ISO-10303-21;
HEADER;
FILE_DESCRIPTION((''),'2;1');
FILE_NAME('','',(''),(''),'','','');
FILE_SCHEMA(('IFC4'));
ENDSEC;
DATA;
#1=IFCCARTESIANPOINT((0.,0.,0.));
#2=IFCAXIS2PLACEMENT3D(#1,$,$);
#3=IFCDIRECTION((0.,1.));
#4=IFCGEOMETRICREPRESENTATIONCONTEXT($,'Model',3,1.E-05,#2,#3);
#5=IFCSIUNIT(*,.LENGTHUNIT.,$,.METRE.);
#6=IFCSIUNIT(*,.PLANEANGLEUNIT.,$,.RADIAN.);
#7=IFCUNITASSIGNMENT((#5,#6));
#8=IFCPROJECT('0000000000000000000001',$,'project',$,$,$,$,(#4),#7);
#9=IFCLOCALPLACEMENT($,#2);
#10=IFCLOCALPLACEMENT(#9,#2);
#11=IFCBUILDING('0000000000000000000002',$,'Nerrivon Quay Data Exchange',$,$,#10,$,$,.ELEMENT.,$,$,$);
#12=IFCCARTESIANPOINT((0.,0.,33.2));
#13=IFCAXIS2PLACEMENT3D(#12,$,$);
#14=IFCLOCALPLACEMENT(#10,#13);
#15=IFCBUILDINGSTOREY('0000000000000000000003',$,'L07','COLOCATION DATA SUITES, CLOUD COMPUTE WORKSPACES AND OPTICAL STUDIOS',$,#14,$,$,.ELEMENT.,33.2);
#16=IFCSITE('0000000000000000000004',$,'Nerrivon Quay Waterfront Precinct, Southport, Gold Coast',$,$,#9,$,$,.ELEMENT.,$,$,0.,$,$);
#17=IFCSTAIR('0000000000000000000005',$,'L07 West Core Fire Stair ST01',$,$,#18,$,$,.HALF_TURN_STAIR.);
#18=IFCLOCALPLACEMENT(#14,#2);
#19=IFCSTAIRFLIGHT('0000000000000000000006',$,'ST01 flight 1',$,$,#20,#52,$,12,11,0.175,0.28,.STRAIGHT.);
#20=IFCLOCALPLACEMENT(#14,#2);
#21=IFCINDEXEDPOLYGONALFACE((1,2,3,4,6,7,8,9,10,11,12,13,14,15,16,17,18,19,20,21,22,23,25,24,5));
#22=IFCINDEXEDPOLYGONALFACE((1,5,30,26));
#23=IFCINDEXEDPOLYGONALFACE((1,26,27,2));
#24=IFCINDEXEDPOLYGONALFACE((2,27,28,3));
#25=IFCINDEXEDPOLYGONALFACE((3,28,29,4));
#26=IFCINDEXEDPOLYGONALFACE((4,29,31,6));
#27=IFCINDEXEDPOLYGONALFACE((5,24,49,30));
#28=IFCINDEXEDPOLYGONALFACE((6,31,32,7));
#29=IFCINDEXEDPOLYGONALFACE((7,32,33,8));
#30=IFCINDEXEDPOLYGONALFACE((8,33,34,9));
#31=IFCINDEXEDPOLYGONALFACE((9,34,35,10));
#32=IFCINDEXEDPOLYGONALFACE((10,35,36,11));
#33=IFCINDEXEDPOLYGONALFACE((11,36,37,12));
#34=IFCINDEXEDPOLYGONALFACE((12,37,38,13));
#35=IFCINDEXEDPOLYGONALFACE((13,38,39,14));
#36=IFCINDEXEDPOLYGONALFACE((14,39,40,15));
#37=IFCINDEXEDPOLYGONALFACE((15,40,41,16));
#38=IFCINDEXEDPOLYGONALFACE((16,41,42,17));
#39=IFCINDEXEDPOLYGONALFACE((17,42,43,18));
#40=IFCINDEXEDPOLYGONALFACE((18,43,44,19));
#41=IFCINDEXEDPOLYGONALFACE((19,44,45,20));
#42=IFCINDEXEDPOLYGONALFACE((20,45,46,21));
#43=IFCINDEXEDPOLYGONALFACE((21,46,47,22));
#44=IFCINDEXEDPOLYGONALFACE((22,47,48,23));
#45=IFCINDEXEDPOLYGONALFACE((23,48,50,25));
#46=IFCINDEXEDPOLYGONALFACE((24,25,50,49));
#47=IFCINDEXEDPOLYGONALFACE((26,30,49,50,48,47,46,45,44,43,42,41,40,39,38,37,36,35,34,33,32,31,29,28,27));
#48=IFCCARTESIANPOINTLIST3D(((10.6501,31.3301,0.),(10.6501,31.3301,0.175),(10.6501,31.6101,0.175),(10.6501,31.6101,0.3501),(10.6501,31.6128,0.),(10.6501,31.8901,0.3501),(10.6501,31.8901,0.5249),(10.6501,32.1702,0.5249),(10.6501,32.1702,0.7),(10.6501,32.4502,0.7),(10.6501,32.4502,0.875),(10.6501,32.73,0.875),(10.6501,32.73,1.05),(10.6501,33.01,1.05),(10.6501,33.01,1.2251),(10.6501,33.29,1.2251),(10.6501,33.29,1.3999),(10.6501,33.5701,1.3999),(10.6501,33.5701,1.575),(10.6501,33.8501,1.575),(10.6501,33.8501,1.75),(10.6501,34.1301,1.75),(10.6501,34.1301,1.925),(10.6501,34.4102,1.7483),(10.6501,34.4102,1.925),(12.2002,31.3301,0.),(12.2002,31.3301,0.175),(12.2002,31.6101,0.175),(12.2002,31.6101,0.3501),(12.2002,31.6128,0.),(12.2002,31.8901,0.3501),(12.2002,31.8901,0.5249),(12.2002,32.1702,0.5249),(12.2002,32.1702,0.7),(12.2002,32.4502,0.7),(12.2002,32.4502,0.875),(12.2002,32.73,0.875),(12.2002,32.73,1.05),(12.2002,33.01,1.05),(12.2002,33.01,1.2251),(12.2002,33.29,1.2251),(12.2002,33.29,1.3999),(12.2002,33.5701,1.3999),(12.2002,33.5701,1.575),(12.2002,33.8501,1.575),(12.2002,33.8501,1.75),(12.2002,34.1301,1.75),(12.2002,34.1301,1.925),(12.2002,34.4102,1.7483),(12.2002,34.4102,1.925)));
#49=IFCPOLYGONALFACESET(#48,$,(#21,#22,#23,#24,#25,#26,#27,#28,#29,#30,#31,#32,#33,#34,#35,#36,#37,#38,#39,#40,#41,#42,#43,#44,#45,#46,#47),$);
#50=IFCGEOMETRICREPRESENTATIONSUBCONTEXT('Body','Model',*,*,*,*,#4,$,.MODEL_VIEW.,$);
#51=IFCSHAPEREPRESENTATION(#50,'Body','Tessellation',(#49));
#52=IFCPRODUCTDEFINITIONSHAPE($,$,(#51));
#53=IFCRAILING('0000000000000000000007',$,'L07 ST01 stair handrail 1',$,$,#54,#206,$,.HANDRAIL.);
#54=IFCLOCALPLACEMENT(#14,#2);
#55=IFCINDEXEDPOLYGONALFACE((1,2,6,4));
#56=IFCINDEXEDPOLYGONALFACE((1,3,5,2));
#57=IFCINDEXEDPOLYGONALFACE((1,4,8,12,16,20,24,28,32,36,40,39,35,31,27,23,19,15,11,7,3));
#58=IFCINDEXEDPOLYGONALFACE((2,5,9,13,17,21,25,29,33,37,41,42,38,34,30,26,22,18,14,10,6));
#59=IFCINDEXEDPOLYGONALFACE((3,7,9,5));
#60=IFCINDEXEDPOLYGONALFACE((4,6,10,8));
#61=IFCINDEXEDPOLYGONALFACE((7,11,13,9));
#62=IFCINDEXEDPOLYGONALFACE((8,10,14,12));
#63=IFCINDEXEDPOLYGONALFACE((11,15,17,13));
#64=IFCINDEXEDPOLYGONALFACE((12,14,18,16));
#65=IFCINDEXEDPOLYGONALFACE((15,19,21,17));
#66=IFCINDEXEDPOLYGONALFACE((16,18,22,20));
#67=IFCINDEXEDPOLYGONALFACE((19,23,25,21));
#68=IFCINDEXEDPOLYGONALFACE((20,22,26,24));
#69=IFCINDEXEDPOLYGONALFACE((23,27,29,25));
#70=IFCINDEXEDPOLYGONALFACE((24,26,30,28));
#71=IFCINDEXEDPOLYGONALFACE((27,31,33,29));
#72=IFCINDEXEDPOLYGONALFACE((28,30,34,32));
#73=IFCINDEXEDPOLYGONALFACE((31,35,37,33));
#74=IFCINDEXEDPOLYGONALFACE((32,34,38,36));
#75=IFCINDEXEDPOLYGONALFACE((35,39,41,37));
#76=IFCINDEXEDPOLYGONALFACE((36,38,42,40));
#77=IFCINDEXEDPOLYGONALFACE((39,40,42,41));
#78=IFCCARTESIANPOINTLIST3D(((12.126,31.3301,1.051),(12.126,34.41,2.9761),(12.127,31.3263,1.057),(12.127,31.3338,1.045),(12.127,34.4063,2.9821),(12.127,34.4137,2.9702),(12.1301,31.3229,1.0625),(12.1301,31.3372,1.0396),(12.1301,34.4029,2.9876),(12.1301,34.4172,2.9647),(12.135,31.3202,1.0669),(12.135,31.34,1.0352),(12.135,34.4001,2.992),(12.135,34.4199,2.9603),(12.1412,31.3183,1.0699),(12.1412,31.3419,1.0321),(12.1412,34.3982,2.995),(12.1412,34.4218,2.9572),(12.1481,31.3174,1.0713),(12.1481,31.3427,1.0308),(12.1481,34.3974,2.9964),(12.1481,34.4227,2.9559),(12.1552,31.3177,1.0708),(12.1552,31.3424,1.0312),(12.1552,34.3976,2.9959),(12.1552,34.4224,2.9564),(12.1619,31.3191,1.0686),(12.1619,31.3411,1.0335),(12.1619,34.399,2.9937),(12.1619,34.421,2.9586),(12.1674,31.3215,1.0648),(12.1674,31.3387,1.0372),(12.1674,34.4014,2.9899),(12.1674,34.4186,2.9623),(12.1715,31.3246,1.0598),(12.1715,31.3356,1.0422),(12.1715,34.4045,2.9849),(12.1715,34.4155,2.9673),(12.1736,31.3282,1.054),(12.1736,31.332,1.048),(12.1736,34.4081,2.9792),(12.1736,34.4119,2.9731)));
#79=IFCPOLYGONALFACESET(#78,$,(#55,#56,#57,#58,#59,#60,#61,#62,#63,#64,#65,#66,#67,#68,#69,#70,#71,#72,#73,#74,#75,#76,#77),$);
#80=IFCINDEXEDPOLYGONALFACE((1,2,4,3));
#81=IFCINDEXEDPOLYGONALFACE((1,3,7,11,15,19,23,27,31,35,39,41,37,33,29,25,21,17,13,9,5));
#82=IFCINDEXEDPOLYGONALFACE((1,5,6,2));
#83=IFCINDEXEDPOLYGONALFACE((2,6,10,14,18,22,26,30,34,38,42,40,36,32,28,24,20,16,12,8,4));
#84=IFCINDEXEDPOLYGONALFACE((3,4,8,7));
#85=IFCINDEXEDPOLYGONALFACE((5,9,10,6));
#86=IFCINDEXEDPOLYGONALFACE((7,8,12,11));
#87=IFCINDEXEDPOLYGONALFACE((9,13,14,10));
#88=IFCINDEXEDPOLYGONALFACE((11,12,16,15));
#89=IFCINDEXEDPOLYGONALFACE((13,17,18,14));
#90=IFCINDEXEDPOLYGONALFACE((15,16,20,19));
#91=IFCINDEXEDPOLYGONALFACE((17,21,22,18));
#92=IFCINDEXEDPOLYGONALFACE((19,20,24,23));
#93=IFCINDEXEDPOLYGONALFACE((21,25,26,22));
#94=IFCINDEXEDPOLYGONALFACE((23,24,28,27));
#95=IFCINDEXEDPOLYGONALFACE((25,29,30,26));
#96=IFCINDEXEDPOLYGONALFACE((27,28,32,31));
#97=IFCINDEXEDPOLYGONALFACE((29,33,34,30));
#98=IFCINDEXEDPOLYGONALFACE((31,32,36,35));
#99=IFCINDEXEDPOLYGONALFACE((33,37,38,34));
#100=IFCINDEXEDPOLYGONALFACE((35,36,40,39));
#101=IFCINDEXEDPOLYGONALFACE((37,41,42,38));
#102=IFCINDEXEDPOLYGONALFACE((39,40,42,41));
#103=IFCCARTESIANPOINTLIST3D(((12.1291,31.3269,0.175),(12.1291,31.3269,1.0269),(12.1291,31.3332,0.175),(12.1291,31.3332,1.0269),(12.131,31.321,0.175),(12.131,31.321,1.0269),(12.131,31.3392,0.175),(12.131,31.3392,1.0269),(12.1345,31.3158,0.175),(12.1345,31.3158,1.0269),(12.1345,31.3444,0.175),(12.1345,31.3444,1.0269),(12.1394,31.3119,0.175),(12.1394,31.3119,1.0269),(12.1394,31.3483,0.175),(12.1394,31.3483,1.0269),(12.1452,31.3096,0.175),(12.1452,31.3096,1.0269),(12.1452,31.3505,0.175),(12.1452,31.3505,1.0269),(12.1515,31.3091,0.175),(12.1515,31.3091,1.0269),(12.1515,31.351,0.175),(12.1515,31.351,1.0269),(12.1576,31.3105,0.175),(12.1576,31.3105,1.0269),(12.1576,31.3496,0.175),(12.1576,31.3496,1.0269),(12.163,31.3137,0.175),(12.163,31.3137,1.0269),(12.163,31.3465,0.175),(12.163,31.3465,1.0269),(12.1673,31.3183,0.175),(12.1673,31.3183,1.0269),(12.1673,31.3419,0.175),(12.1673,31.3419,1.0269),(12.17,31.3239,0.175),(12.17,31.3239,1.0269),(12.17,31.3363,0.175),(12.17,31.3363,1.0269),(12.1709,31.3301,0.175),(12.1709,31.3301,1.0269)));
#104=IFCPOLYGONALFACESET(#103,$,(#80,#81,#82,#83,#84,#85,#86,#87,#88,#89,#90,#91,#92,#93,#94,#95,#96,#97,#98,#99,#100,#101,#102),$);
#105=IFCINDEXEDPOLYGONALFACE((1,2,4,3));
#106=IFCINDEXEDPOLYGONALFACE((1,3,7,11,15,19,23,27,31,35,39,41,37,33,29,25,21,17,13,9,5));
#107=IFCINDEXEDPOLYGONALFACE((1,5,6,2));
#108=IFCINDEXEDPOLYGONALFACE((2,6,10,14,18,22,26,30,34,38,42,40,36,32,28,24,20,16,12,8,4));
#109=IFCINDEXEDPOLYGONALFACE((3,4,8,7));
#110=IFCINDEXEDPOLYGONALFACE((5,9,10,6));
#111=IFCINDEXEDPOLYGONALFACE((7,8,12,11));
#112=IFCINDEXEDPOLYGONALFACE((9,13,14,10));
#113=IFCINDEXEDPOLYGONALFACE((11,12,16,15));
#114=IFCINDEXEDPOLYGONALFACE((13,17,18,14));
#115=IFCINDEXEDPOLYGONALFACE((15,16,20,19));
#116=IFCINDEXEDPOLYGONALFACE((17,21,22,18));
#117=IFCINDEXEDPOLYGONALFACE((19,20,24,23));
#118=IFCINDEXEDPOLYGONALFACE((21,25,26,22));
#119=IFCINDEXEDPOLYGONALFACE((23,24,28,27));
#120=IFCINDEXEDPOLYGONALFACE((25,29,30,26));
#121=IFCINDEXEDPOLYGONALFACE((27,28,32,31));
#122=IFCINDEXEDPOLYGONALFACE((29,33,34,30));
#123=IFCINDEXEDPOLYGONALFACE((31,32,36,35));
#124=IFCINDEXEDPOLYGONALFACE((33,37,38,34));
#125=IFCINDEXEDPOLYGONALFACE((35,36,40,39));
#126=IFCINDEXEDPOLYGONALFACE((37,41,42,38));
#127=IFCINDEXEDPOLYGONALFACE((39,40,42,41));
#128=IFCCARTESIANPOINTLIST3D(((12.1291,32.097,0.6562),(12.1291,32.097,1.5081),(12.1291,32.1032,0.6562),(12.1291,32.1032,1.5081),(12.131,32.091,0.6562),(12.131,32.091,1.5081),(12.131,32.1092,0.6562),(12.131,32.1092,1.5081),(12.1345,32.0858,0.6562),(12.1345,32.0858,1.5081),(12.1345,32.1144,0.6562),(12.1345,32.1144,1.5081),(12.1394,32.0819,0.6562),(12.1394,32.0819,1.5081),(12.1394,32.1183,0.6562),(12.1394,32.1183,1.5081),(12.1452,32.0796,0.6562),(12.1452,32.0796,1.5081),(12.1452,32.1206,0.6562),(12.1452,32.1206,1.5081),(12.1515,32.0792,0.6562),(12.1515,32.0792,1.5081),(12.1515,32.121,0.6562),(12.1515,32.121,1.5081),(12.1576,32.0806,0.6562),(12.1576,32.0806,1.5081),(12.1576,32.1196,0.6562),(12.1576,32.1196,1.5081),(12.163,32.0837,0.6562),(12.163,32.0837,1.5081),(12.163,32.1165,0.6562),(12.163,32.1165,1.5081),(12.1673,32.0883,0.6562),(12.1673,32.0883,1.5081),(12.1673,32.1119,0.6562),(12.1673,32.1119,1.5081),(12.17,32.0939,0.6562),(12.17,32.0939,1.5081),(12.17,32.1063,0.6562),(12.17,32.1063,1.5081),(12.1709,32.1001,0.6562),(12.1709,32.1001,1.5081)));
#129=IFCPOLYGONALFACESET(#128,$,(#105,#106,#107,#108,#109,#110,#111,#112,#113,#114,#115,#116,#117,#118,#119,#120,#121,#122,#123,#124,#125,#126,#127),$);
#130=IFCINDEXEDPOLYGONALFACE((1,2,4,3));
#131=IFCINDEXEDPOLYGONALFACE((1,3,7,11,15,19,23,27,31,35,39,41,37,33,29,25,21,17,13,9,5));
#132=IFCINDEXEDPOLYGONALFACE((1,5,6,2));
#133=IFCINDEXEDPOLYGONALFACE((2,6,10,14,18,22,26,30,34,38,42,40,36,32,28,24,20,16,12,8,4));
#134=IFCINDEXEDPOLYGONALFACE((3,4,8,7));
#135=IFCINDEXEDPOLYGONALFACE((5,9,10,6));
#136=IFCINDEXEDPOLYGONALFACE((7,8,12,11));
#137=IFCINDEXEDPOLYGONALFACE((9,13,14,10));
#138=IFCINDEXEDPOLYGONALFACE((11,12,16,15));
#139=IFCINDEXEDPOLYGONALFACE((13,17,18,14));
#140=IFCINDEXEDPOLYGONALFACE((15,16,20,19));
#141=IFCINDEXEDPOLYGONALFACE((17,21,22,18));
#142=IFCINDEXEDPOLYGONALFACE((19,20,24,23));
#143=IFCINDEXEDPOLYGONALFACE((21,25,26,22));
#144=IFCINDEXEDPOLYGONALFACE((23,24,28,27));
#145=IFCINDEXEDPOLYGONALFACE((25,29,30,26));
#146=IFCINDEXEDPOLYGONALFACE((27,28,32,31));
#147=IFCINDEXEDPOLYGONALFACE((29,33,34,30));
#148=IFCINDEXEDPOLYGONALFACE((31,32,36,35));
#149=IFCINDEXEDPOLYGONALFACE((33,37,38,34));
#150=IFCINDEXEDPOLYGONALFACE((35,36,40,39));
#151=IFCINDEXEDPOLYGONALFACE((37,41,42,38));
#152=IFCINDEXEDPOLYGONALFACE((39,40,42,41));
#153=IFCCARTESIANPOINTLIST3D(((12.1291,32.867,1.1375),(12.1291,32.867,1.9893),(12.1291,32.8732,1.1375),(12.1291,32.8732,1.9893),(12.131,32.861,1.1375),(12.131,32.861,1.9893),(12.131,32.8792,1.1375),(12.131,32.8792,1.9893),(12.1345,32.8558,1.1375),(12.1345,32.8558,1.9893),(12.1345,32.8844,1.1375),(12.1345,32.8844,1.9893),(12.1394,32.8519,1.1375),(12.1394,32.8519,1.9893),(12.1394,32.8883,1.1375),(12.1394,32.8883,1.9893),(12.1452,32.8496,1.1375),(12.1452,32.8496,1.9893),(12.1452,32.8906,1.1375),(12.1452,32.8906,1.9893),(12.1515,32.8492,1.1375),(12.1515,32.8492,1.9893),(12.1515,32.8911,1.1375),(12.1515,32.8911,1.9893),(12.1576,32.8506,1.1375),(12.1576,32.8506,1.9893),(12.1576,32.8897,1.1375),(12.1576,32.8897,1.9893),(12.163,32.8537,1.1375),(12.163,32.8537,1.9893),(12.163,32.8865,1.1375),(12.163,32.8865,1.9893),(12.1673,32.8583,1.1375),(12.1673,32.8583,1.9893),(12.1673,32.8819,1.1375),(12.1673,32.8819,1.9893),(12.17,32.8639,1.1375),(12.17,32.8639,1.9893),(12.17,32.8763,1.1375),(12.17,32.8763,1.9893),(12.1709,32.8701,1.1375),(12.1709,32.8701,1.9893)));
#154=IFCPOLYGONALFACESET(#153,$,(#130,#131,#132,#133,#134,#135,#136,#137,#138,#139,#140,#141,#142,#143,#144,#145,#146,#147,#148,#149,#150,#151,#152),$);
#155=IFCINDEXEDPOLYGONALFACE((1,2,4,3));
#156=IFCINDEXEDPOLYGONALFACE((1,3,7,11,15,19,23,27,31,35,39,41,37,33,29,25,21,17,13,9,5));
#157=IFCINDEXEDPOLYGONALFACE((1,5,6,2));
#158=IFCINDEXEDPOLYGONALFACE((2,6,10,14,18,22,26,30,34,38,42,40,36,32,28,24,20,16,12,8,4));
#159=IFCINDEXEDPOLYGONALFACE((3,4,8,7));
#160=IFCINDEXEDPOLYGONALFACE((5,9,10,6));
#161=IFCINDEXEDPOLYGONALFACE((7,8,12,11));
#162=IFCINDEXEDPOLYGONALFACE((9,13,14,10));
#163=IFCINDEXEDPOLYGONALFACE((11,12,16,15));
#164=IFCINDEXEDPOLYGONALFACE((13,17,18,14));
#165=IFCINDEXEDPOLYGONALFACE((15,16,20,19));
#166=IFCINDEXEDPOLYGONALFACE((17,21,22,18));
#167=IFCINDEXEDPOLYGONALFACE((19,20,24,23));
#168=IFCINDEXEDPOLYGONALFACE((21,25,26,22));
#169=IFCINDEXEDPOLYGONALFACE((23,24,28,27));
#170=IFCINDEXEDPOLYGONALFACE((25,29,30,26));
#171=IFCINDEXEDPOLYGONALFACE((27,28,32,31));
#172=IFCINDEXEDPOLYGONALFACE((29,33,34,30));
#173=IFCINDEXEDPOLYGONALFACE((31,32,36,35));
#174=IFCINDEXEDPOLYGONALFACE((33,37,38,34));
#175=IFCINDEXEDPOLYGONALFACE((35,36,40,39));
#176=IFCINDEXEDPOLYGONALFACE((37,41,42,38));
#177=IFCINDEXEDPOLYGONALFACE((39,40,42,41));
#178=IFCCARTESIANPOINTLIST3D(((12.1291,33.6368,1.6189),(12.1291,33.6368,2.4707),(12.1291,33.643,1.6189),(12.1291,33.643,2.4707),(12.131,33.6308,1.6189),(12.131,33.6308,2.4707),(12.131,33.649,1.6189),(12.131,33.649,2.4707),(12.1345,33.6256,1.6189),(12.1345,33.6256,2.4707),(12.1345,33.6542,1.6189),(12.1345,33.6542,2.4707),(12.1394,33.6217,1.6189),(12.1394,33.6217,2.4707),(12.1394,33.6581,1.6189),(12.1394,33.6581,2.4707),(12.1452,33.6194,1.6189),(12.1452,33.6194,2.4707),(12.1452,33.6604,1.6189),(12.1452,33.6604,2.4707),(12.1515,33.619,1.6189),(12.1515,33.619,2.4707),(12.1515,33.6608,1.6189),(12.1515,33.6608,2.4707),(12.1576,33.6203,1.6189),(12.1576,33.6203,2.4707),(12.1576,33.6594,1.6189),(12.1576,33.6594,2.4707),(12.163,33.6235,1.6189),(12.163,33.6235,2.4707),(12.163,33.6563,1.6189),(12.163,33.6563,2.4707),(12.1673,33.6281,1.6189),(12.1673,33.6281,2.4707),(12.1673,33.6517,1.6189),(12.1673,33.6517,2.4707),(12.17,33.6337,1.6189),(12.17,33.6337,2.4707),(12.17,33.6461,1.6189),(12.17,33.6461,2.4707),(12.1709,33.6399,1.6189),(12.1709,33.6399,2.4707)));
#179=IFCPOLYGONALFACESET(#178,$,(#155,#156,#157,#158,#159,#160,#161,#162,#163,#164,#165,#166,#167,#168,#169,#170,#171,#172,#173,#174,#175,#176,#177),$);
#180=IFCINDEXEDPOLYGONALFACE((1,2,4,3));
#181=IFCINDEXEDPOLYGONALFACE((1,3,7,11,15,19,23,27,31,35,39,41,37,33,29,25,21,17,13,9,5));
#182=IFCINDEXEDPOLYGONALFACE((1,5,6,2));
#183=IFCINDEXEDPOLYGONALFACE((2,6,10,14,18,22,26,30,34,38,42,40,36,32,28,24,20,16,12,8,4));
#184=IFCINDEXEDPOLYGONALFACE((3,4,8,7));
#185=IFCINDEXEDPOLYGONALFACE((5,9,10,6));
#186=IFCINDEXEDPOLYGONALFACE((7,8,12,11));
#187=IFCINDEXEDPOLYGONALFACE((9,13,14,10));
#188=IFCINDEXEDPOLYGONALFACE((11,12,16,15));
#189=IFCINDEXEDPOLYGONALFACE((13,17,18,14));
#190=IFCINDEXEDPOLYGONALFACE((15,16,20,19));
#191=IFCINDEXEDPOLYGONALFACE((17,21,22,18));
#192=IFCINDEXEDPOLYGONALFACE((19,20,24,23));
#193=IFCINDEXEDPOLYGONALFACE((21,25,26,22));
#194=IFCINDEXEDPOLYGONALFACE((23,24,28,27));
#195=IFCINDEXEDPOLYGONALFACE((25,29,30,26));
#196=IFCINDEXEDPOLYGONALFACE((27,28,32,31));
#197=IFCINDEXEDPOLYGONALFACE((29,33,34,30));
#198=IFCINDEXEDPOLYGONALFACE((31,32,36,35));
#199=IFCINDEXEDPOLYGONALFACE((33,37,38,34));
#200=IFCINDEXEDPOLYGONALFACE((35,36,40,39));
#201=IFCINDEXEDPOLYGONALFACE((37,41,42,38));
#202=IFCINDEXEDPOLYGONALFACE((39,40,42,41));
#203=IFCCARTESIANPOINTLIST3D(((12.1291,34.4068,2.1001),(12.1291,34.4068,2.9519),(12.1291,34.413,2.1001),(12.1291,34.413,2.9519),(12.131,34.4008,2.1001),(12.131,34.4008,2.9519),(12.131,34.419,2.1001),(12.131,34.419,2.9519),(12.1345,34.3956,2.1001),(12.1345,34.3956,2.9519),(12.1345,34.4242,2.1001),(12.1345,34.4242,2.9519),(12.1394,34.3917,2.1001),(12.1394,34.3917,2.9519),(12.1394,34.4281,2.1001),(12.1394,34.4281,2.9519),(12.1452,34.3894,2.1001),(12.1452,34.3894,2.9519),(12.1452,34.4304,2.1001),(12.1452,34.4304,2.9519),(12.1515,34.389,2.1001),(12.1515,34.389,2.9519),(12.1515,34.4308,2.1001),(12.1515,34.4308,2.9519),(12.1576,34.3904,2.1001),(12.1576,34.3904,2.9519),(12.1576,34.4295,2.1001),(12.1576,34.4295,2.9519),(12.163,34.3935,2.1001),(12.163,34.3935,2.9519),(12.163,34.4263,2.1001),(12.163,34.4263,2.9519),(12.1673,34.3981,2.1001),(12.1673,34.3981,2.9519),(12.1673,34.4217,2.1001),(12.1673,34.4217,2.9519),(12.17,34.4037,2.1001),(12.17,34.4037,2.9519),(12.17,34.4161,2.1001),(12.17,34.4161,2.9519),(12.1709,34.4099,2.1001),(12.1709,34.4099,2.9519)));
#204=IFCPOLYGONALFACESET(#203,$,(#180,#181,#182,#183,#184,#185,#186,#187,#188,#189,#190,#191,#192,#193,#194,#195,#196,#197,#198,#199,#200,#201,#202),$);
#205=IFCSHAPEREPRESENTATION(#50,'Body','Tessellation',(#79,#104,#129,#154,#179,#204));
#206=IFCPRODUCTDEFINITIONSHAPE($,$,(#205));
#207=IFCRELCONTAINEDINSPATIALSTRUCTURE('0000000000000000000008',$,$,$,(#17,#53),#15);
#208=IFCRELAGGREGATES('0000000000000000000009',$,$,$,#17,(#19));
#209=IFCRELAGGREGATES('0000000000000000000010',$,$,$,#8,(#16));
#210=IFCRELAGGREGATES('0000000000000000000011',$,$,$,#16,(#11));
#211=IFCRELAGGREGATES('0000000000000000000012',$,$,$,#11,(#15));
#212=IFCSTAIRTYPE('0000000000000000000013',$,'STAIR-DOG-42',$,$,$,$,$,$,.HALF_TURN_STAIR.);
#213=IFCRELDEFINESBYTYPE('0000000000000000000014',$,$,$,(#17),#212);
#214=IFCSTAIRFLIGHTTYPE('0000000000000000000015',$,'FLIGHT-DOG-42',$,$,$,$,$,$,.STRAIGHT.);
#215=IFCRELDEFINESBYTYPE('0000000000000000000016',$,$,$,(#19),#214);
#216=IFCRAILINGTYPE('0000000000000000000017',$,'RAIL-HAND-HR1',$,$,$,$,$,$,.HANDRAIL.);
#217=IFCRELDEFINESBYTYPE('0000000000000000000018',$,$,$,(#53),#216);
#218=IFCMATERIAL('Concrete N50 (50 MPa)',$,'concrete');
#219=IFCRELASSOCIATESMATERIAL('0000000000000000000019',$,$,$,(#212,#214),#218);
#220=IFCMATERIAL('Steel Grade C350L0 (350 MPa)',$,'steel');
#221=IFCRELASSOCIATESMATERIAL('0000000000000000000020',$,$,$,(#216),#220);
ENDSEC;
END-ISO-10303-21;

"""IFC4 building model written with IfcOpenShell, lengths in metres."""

from ifc_helpers import new_model, si_unit, direction, frame, origin, origin_2d, place, context, subcontext, project, spatial, polyline, circle, outline, extrude, material, type_object, element, aggregate, save


model = new_model("IFC4")

# Units and contexts
model_context = context("Model", 3, precision=1e-05, world=origin(), true_north=direction((0.0, 1.0)))
body_context = subcontext(model_context, "Body", "Model", "MODEL_VIEW")
ifc_project = project(units=[si_unit("LENGTHUNIT", "METRE"), si_unit("PLANEANGLEUNIT", "RADIAN")], contexts=[model_context])

# Site, building, storey
site_placement = place(None, origin())
site = spatial("IfcSite", under=ifc_project, at=site_placement, Name="Nerrivon Quay Waterfront Precinct, Southport, Gold Coast", CompositionType="ELEMENT", RefElevation=0.0)
building_placement = place(site_placement, origin())
building = spatial("IfcBuilding", under=site, at=building_placement, Name="Nerrivon Quay Data Exchange", CompositionType="ELEMENT")
storey_placement = place(building_placement, frame((0.0, 0.0, 33.2)))
storey = spatial("IfcBuildingStorey", under=building, at=storey_placement, Name="L07", Description="COLOCATION DATA SUITES, CLOUD COMPUTE WORKSPACES AND OPTICAL STUDIOS", CompositionType="ELEMENT", Elevation=33.2)

# Shared definitions
ifc_material_1 = material(Name="Concrete N50 (50 MPa)", Category="concrete")

# Stair, stair flight
stair_type = type_object("IfcStairType", Name="STAIR-DOG-42", PredefinedType="HALF_TURN_STAIR", material=ifc_material_1)
stair_placement = place(storey_placement, origin())
stair = element("IfcStair", 1, at=stair_placement, inside=storey, type_object=stair_type, Name="L07 West Core Fire Stair ST01", PredefinedType="HALF_TURN_STAIR")
stair_flight_type = type_object("IfcStairFlightType", Name="FLIGHT-DOG-42", PredefinedType="STRAIGHT", material=ifc_material_1)
stair_flight_placement = place(storey_placement, frame((11.425, 31.3301, 0.0), z_axis=(0.0, 0.0, 1.0), x_axis=(0.0, 1.0, 0.0)))
stair_flight = element("IfcStairFlight", 2, at=stair_flight_placement, type_object=stair_flight_type, Name="ST01 flight 1", NumberOfRisers=12, NumberOfTreads=11, PredefinedType="STRAIGHT", RiserHeight=0.175, TreadLength=0.28, context=body_context, shape_type="SweptSolid", body=[
    extrude(outline(polyline([(0.0, 0.0), (0.0, 0.175), (0.28, 0.175), (0.28, 0.3501), (0.5601, 0.3501), (0.5601, 0.5249), (0.8401, 0.5249), (0.8401, 0.7), (1.1201, 0.7), (1.1201, 0.875), (1.3999, 0.875), (1.3999, 1.05), (1.6799, 1.05), (1.6799, 1.2251), (1.96, 1.2251), (1.96, 1.3999), (2.24, 1.3999), (2.24, 1.575), (2.52, 1.575), (2.52, 1.75), (2.8, 1.75), (2.8, 1.925), (3.0801, 1.925), (3.0801, 2.1001), (3.0801, 1.7483), (0.2827, 0.0), (0.0, 0.0)])), frame((0.0, 0.7749, 0.0), z_axis=(0.0, -1.0, 0.0), x_axis=(1.0, 0.0, 0.0)), (0.0, 0.0, 1.0), 1.55),
])
aggregate(stair, [stair_flight])

# Railing
ifc_material_2 = material(Name="Steel Grade C350L0 (350 MPa)", Category="steel")
railing_type_1 = type_object("IfcRailingType", Name="RAIL-HAND-HR1", PredefinedType="HANDRAIL", material=ifc_material_2)
railing_1_placement = place(storey_placement, frame((12.1499, 31.3301, 0.175)))
element("IfcRailing", 3, at=railing_1_placement, inside=storey, type_object=railing_type_1, Name="L07 ST01 stair handrail 1", PredefinedType="HANDRAIL", context=body_context, shape_type="SweptSolid", body=[
    extrude(circle(Radius=0.0239, at=origin_2d()), frame((0.0, 0.0, 0.876), z_axis=(0.0, 0.847979, 0.530029), x_axis=(-1.0, 0.0, 0.0)), (0.0, 0.0, 1.0), 3.6321),
    extrude(circle(Radius=0.021, at=origin_2d()), origin(), (0.0, 0.0, 1.0), 0.8518),
    extrude(circle(Radius=0.021, at=origin_2d()), frame((0.0, 0.77, 0.4812)), (0.0, 0.0, 1.0), 0.8518),
    extrude(circle(Radius=0.021, at=origin_2d()), frame((0.0, 1.54, 0.9624)), (0.0, 0.0, 1.0), 0.8518),
    extrude(circle(Radius=0.021, at=origin_2d()), frame((0.0, 2.3098, 1.4438)), (0.0, 0.0, 1.0), 0.8518),
    extrude(circle(Radius=0.021, at=origin_2d()), frame((0.0, 3.0798, 1.925)), (0.0, 0.0, 1.0), 0.8518),
])

save(model, "model.ifc")
